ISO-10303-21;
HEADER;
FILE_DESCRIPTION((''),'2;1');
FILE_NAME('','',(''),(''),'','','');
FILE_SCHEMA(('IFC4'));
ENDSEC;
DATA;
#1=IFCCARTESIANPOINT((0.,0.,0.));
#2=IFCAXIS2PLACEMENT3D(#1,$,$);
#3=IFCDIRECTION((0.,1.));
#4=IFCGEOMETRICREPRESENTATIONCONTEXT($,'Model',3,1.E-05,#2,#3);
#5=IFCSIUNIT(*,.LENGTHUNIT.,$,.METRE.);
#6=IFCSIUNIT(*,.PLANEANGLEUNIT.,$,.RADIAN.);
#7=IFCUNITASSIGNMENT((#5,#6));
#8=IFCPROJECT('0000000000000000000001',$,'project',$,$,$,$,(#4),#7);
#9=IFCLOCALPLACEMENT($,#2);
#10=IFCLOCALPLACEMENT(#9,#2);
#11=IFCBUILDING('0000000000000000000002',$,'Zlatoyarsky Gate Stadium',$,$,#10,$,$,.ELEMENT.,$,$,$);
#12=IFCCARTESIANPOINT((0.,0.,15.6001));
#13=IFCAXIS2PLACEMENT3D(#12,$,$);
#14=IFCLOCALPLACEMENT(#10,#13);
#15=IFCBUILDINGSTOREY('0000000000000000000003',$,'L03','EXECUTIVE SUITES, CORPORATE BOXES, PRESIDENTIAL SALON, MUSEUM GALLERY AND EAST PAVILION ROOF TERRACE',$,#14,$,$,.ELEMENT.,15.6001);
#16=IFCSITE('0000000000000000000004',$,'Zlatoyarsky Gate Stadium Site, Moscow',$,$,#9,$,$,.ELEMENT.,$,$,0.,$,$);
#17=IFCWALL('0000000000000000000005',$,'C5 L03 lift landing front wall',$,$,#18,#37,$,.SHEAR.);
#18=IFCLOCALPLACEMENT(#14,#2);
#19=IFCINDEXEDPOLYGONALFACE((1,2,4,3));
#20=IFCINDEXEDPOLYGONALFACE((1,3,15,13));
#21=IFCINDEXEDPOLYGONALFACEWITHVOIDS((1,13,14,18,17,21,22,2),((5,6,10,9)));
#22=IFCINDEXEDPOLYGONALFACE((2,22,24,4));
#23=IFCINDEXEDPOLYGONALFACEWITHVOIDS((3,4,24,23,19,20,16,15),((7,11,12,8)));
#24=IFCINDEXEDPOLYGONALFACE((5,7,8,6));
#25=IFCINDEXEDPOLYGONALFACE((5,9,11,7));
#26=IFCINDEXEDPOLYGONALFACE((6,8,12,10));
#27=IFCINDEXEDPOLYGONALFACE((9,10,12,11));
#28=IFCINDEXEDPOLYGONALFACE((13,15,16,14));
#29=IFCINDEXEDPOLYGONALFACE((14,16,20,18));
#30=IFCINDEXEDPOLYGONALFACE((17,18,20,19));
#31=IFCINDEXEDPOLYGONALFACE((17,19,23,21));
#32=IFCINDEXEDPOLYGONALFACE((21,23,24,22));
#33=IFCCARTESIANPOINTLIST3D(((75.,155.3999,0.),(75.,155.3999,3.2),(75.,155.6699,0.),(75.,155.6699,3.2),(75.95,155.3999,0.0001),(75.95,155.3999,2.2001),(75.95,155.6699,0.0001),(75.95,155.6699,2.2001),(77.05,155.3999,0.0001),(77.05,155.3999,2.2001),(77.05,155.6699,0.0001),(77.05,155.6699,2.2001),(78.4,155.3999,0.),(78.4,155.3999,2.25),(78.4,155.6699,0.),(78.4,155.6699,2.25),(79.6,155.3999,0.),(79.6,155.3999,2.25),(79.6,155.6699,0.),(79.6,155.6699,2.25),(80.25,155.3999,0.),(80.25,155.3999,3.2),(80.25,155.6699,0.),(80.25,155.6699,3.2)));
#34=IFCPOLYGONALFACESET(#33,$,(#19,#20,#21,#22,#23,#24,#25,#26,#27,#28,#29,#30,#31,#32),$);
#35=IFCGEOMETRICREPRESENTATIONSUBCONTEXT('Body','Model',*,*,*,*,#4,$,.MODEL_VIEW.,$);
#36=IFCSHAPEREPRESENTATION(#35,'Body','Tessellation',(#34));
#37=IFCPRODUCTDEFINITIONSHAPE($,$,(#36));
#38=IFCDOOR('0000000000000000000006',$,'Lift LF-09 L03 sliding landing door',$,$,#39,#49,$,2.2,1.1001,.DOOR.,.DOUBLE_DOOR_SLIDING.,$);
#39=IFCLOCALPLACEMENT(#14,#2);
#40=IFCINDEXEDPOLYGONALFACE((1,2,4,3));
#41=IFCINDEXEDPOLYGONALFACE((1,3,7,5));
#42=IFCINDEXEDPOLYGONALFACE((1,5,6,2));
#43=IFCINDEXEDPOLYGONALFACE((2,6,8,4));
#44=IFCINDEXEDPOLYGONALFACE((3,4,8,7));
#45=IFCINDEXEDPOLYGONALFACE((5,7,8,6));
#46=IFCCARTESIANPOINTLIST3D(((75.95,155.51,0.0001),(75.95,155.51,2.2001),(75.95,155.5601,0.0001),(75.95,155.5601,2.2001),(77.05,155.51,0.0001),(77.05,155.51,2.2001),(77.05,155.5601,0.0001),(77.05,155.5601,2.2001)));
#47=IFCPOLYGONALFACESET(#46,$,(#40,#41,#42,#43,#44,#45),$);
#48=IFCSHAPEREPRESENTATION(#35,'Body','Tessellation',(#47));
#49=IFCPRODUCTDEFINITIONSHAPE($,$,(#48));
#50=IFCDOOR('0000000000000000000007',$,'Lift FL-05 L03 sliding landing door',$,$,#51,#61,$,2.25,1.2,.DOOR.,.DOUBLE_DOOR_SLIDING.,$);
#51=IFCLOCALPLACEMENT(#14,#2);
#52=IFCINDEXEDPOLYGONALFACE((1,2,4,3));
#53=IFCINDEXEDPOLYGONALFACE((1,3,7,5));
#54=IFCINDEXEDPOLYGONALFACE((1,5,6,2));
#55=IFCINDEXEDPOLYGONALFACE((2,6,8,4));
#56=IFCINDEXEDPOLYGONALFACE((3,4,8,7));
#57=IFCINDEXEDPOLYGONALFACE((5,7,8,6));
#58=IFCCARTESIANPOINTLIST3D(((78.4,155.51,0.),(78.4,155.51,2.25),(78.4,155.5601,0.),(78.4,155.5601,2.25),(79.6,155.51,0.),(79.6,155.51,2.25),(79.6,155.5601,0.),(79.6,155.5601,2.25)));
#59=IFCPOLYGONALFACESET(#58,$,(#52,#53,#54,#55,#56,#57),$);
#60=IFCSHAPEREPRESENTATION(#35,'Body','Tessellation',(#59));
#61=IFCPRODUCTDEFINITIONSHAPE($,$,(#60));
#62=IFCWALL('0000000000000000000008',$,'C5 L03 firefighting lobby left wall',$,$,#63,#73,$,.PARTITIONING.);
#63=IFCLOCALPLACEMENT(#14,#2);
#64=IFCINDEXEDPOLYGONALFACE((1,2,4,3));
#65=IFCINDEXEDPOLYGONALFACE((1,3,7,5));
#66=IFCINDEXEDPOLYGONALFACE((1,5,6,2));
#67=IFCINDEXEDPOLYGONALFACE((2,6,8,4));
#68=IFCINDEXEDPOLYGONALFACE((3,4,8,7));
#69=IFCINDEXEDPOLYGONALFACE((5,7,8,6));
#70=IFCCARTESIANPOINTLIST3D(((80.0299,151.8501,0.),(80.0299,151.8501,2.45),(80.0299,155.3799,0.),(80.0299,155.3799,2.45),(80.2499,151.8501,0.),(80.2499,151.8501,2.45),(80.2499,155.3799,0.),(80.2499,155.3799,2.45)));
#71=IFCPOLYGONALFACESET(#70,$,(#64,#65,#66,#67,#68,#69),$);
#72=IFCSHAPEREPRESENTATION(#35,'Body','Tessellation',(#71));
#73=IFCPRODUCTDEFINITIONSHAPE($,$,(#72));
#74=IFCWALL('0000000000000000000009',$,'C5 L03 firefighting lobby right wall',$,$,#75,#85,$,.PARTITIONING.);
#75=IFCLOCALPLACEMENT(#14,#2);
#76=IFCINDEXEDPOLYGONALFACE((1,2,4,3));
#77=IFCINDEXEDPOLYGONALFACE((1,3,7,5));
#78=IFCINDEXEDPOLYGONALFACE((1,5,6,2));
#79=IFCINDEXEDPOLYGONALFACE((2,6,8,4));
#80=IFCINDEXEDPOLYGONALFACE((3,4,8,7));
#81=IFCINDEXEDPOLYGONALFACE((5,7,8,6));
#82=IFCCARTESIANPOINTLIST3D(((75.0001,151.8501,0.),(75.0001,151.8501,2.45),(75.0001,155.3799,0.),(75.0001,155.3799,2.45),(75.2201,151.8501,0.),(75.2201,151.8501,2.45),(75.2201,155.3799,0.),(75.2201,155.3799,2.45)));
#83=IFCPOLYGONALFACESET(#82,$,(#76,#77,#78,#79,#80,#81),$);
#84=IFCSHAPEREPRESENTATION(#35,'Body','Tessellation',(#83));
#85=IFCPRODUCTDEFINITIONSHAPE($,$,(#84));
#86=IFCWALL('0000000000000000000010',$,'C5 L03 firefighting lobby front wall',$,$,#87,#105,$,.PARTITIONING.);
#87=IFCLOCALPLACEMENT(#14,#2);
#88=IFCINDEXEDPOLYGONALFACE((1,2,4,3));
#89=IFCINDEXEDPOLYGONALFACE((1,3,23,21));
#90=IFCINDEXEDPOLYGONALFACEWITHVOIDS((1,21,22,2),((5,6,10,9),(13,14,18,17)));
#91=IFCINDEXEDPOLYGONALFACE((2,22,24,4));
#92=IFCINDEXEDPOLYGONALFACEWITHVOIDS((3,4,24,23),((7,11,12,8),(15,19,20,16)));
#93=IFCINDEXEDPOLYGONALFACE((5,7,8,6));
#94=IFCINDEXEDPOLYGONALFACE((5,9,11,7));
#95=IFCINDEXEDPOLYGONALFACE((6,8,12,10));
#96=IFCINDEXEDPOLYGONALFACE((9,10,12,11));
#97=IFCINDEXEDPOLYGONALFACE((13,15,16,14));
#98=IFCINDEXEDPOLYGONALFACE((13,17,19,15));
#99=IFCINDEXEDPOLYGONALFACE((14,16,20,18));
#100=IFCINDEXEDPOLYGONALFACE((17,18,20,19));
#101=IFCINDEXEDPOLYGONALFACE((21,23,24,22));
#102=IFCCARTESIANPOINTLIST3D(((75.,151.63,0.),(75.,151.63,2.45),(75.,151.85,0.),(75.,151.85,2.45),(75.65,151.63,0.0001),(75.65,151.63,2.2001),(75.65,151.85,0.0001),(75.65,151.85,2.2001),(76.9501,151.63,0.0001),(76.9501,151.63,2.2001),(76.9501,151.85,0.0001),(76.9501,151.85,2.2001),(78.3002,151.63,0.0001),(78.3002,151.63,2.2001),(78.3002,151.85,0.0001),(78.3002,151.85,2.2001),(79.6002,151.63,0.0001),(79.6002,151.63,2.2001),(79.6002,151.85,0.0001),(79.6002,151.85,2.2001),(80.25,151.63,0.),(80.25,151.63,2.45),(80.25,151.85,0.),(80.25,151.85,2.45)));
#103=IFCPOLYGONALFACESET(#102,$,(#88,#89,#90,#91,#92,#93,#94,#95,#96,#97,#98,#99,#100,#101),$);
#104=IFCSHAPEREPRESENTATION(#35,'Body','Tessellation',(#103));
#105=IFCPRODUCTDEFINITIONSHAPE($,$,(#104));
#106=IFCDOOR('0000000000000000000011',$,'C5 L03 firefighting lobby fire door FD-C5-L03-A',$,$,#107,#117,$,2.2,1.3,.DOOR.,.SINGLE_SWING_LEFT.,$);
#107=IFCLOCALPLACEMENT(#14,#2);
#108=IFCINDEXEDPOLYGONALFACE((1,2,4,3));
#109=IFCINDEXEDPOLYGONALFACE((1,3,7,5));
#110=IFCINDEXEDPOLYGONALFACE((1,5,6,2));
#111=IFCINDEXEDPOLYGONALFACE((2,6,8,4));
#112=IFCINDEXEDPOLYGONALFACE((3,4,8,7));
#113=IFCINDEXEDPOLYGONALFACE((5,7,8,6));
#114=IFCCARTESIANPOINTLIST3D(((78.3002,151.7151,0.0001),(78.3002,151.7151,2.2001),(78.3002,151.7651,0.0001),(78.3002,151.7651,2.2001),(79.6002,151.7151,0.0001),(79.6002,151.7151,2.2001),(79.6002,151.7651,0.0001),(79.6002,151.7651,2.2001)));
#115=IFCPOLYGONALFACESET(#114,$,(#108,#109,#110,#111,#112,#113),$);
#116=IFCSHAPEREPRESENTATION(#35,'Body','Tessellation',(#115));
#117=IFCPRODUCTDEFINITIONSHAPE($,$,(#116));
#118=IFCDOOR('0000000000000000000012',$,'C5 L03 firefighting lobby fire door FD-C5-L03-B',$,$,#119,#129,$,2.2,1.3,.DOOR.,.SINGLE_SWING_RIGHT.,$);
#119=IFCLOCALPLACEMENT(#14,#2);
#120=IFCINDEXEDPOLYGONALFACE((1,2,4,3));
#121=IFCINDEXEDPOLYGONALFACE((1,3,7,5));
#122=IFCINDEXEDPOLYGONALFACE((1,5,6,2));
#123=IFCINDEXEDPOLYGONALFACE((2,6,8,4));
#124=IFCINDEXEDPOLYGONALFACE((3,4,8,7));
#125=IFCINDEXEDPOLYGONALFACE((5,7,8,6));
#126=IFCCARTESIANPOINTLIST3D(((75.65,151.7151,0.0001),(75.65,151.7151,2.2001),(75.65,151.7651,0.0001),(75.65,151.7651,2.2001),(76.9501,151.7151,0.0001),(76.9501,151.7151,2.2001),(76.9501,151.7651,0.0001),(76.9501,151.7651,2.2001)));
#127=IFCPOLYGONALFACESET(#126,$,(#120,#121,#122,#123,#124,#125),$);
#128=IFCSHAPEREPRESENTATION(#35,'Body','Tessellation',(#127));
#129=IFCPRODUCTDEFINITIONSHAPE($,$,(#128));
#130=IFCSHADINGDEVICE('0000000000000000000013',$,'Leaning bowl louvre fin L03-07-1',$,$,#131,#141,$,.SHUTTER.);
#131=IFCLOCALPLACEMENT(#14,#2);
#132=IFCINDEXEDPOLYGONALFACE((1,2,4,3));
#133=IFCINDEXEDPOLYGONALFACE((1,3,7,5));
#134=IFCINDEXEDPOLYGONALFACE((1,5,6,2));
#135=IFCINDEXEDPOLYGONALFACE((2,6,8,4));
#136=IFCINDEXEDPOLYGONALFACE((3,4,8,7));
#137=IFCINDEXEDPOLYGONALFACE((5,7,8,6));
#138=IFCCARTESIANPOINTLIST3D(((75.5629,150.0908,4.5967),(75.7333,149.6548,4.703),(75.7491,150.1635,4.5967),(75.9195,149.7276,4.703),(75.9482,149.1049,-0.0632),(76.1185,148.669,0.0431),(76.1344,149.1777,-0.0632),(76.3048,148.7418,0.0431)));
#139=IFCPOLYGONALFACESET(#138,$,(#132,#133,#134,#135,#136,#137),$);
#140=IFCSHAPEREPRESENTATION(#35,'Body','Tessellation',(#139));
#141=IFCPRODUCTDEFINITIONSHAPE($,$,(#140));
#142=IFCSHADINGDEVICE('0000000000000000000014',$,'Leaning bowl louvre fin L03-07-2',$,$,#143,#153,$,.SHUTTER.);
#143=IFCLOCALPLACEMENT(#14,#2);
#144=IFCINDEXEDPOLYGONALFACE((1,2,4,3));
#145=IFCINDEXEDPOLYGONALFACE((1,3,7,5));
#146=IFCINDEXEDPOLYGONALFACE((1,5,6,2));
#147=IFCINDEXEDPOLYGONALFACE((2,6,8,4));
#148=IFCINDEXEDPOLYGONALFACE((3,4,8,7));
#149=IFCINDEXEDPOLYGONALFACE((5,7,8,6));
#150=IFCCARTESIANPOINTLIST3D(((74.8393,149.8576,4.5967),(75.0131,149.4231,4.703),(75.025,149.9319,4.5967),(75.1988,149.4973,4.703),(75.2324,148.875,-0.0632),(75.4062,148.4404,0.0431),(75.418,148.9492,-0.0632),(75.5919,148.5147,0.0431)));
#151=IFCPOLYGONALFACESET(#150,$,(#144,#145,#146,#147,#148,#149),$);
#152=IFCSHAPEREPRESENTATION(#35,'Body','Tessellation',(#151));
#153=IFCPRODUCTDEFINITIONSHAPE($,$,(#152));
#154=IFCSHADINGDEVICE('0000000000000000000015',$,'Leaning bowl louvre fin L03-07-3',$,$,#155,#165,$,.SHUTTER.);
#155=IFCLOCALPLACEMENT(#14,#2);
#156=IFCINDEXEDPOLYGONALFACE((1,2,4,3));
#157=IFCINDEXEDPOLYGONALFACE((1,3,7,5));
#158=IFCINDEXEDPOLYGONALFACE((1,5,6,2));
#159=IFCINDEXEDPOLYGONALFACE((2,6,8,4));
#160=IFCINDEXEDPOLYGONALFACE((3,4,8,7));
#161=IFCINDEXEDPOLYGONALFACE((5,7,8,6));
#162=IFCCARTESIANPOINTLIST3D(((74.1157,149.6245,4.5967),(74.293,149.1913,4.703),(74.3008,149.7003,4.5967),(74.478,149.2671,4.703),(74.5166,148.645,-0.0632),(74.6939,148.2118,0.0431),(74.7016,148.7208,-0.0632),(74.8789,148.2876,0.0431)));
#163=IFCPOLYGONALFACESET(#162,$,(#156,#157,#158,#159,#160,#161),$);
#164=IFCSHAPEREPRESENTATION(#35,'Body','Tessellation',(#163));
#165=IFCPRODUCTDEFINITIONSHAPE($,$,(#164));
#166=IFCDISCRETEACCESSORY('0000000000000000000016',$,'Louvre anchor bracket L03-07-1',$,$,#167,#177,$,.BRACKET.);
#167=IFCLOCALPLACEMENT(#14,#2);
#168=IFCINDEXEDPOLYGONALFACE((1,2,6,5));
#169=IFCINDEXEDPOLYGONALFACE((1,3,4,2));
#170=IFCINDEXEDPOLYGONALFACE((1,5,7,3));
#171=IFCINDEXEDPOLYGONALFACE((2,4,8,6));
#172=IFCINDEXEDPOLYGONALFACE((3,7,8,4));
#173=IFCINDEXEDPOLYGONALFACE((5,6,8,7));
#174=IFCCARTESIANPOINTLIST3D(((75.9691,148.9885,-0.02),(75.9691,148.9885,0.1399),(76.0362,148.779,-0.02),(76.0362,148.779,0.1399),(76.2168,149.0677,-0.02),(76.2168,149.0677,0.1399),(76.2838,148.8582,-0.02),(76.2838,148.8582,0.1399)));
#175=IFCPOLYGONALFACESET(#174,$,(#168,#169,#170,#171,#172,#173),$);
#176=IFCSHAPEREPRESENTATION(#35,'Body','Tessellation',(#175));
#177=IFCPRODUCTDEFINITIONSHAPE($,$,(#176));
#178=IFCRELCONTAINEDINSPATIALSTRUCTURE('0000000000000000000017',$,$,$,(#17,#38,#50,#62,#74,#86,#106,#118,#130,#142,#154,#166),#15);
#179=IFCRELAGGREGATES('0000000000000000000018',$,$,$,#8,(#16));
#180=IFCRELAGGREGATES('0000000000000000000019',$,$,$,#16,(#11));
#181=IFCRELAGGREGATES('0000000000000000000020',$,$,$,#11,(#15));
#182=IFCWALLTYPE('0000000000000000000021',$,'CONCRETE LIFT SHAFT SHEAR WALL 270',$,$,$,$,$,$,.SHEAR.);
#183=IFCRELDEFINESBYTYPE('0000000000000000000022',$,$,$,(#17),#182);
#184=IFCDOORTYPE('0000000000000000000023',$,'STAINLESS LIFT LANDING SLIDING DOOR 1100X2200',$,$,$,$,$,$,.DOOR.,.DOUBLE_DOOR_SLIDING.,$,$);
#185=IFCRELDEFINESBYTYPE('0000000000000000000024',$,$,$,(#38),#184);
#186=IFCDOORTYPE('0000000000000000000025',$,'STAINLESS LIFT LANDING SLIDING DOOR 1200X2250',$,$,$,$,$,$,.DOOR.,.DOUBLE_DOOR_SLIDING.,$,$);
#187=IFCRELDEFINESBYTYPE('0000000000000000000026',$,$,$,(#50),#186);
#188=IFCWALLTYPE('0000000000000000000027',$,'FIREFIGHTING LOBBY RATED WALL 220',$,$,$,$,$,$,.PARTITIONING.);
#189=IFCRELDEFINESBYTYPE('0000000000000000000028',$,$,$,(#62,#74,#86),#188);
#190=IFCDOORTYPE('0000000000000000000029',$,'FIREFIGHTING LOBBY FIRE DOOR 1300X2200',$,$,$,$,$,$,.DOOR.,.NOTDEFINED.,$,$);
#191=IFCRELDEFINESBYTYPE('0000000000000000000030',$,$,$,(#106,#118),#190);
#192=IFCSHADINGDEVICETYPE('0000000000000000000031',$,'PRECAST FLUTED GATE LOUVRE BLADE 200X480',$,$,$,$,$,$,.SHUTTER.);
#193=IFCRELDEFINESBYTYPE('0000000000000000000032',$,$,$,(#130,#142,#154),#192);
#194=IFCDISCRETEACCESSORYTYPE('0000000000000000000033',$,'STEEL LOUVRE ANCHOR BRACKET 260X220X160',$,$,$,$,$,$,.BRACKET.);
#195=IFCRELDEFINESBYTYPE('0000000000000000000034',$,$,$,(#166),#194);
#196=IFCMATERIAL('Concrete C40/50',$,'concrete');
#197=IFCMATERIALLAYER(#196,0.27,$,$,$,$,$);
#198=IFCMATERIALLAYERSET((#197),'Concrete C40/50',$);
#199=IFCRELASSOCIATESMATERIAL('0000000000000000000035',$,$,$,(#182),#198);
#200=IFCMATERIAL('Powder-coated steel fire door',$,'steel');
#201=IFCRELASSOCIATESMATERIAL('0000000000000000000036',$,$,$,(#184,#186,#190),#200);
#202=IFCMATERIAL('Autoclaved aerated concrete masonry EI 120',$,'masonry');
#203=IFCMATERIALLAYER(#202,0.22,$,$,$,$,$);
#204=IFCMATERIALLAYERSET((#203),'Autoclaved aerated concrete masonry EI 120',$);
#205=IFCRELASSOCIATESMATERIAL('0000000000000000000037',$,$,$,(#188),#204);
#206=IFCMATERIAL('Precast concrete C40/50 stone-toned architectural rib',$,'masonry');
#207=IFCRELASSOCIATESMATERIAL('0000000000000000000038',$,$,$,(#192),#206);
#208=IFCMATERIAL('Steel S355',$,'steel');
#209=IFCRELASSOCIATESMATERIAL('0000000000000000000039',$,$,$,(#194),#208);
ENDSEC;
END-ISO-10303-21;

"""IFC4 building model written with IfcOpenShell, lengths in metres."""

from ifc_helpers import new_model, si_unit, direction, frame, frame_2d, origin, origin_2d, place, context, subcontext, project, spatial, rectangle, extrude, material, layer, layer_set, material_profile, profile_set, type_object, element, fill, save


model = new_model("IFC4")

# Units and contexts
model_context = context("Model", 3, precision=1e-05, world=origin(), true_north=direction((0.0, 1.0)))
body_context = subcontext(model_context, "Body", "Model", "MODEL_VIEW")
ifc_project = project(units=[si_unit("LENGTHUNIT", "METRE"), si_unit("PLANEANGLEUNIT", "RADIAN")], contexts=[model_context])

# Site, building, storey
site_placement = place(None, origin())
site = spatial("IfcSite", under=ifc_project, at=site_placement, Name="Zlatoyarsky Gate Stadium Site, Moscow", CompositionType="ELEMENT", RefElevation=0.0)
building_placement = place(site_placement, origin())
building = spatial("IfcBuilding", under=site, at=building_placement, Name="Zlatoyarsky Gate Stadium", CompositionType="ELEMENT")
storey_placement = place(building_placement, frame((0.0, 0.0, 15.6001)))
storey = spatial("IfcBuildingStorey", under=building, at=storey_placement, Name="L03", Description="EXECUTIVE SUITES, CORPORATE BOXES, PRESIDENTIAL SALON, MUSEUM GALLERY AND EAST PAVILION ROOF TERRACE", CompositionType="ELEMENT", Elevation=15.6001)

# Wall, openings, doors
ifc_material_1 = material(Name="Concrete C40/50", Category="concrete")
ifc_layer_1 = layer(ifc_material_1, 0.27)
ifc_layer_set_1 = layer_set([ifc_layer_1], Name="Concrete C40/50")
wall_type_1 = type_object("IfcWallType", Name="CONCRETE LIFT SHAFT SHEAR WALL 270", PredefinedType="SHEAR", material=ifc_layer_set_1)
wall_1_placement = place(storey_placement, frame((80.25, 155.5349, 0.0), z_axis=(0.0, 0.0, 1.0), x_axis=(-1.0, 0.0, 0.0)))
wall_1 = element("IfcWall", 1, at=wall_1_placement, inside=storey, type_object=wall_type_1, Name="C5 L03 lift landing front wall", PredefinedType="SHEAR", context=body_context, shape_type="SweptSolid", body=[
    extrude(rectangle(XDim=5.25, YDim=0.27, at=frame_2d((2.625, 0.0))), origin(), (0.0, 0.0, 1.0), 3.2),
])
opening_1_placement = place(wall_1_placement, frame((0.6499, 0.0, 0.0)))
opening_1 = element("IfcOpeningElement", 2, at=opening_1_placement, cuts=wall_1, PredefinedType="OPENING", context=body_context, shape_type="SweptSolid", body=[
    extrude(rectangle(XDim=1.2, YDim=2.25, at=frame_2d((0.6001, 1.125))), frame((0.0, 0.145, 0.0), z_axis=(0.0, -1.0, 0.0), x_axis=(1.0, 0.0, 0.0)), (0.0, 0.0, 1.0), 0.29),
])
opening_2_placement = place(wall_1_placement, frame((3.2, 0.0, 0.0)))
opening_2 = element("IfcOpeningElement", 3, at=opening_2_placement, cuts=wall_1, PredefinedType="OPENING", context=body_context, shape_type="SweptSolid", body=[
    extrude(rectangle(XDim=1.1001, YDim=2.2, at=frame_2d((0.55, 1.1001))), frame((0.0, 0.145, 0.0), z_axis=(0.0, -1.0, 0.0), x_axis=(1.0, 0.0, 0.0)), (0.0, 0.0, 1.0), 0.29),
])
ifc_material_2 = material(Name="Powder-coated steel fire door", Category="steel")
door_type_1 = type_object("IfcDoorType", Name="STAINLESS LIFT LANDING SLIDING DOOR 1100X2200", OperationType="DOUBLE_DOOR_SLIDING", PredefinedType="DOOR", material=ifc_material_2)
door_1_placement = place(opening_2_placement, origin())
door_1 = element("IfcDoor", 4, at=door_1_placement, inside=storey, type_object=door_type_1, Name="Lift LF-09 L03 sliding landing door", OperationType="DOUBLE_DOOR_SLIDING", OverallHeight=2.2, OverallWidth=1.1001, PredefinedType="DOOR", context=body_context, shape_type="SweptSolid", body=[
    extrude(rectangle(XDim=1.1001, YDim=2.2, at=frame_2d((0.55, 1.1001))), frame((0.0, 0.0249, 0.0), z_axis=(0.0, -1.0, 0.0), x_axis=(1.0, 0.0, 0.0)), (0.0, 0.0, 1.0), 0.05),
])
fill(opening_2, door_1)
door_type_2 = type_object("IfcDoorType", Name="STAINLESS LIFT LANDING SLIDING DOOR 1200X2250", OperationType="DOUBLE_DOOR_SLIDING", PredefinedType="DOOR", material=ifc_material_2)
door_2_placement = place(opening_1_placement, origin())
door_2 = element("IfcDoor", 5, at=door_2_placement, inside=storey, type_object=door_type_2, Name="Lift FL-05 L03 sliding landing door", OperationType="DOUBLE_DOOR_SLIDING", OverallHeight=2.25, OverallWidth=1.2, PredefinedType="DOOR", context=body_context, shape_type="SweptSolid", body=[
    extrude(rectangle(XDim=1.2, YDim=2.25, at=frame_2d((0.6001, 1.125))), frame((0.0, 0.0249, 0.0), z_axis=(0.0, -1.0, 0.0), x_axis=(1.0, 0.0, 0.0)), (0.0, 0.0, 1.0), 0.05),
])
fill(opening_1, door_2)

# Walls
ifc_material_3 = material(Name="Autoclaved aerated concrete masonry EI 120", Category="masonry")
ifc_layer_2 = layer(ifc_material_3, 0.22)
ifc_layer_set_2 = layer_set([ifc_layer_2], Name="Autoclaved aerated concrete masonry EI 120")
wall_type_2 = type_object("IfcWallType", Name="FIREFIGHTING LOBBY RATED WALL 220", PredefinedType="PARTITIONING", material=ifc_layer_set_2)
for number, where, z_axis, x_axis, name in (
    (6, (80.1399, 155.3799, 0.0), (0.0, 0.0, 1.0), (0.0, -1.0, 0.0), "C5 L03 firefighting lobby left wall"),
    (7, (75.1101, 155.3799, 0.0), (0.0, 0.0, 1.0), (0.0, -1.0, 0.0), "C5 L03 firefighting lobby right wall"),
):
    element("IfcWall", number, at=place(storey_placement, frame(where, z_axis=z_axis, x_axis=x_axis)), inside=storey, type_object=wall_type_2, Name=name, PredefinedType="PARTITIONING", context=body_context, shape_type="SweptSolid", body=[
        extrude(rectangle(XDim=3.5298, YDim=0.22, at=frame_2d((1.7649, 0.0))), origin(), (0.0, 0.0, 1.0), 2.45),
    ])

# Wall, openings, doors
wall_2_placement = place(storey_placement, frame((80.25, 151.74, 0.0), z_axis=(0.0, 0.0, 1.0), x_axis=(-1.0, 0.0, 0.0)))
wall_2 = element("IfcWall", 8, at=wall_2_placement, inside=storey, type_object=wall_type_2, Name="C5 L03 firefighting lobby front wall", PredefinedType="PARTITIONING", context=body_context, shape_type="SweptSolid", body=[
    extrude(rectangle(XDim=5.25, YDim=0.22, at=frame_2d((2.625, 0.0))), origin(), (0.0, 0.0, 1.0), 2.45),
])
opening_3_placement = place(wall_2_placement, frame((0.6499, 0.0, 0.0)))
opening_3 = element("IfcOpeningElement", 9, at=opening_3_placement, cuts=wall_2, PredefinedType="OPENING", context=body_context, shape_type="SweptSolid", body=[
    extrude(rectangle(XDim=1.3, YDim=2.2, at=frame_2d((0.6499, 1.1001))), frame((0.0, 0.1199, 0.0), z_axis=(0.0, -1.0, 0.0), x_axis=(1.0, 0.0, 0.0)), (0.0, 0.0, 1.0), 0.24),
])
opening_4_placement = place(wall_2_placement, frame((3.3, 0.0, 0.0)))
opening_4 = element("IfcOpeningElement", 10, at=opening_4_placement, cuts=wall_2, PredefinedType="OPENING", context=body_context, shape_type="SweptSolid", body=[
    extrude(rectangle(XDim=1.3, YDim=2.2, at=frame_2d((0.6499, 1.1001))), frame((0.0, 0.1199, 0.0), z_axis=(0.0, -1.0, 0.0), x_axis=(1.0, 0.0, 0.0)), (0.0, 0.0, 1.0), 0.24),
])
door_type_3 = type_object("IfcDoorType", Name="FIREFIGHTING LOBBY FIRE DOOR 1300X2200", OperationType="NOTDEFINED", PredefinedType="DOOR", material=ifc_material_2)
door_3_placement = place(opening_3_placement, origin())
door_3 = element("IfcDoor", 11, at=door_3_placement, inside=storey, type_object=door_type_3, Name="C5 L03 firefighting lobby fire door FD-C5-L03-A", OperationType="SINGLE_SWING_LEFT", OverallHeight=2.2, OverallWidth=1.3, PredefinedType="DOOR", context=body_context, shape_type="SweptSolid", body=[
    extrude(rectangle(XDim=1.3, YDim=2.2, at=frame_2d((0.6499, 1.1001))), frame((0.0, 0.0249, 0.0), z_axis=(0.0, -1.0, 0.0), x_axis=(1.0, 0.0, 0.0)), (0.0, 0.0, 1.0), 0.05),
])
fill(opening_3, door_3)
door_4_placement = place(opening_4_placement, origin())
door_4 = element("IfcDoor", 12, at=door_4_placement, inside=storey, type_object=door_type_3, Name="C5 L03 firefighting lobby fire door FD-C5-L03-B", OperationType="SINGLE_SWING_RIGHT", OverallHeight=2.2, OverallWidth=1.3, PredefinedType="DOOR", context=body_context, shape_type="SweptSolid", body=[
    extrude(rectangle(XDim=1.3, YDim=2.2, at=frame_2d((0.6499, 1.1001))), frame((0.0, 0.0249, 0.0), z_axis=(0.0, -1.0, 0.0), x_axis=(1.0, 0.0, 0.0)), (0.0, 0.0, 1.0), 0.05),
])
fill(opening_4, door_4)

# Shading devices
ifc_material_4 = material(Name="Precast concrete C40/50 stone-toned architectural rib", Category="masonry")
ifc_material_profile_1 = material_profile(ifc_material_4, rectangle(XDim=0.2, YDim=0.48, at=origin_2d()), Name="RIB 200X480")
ifc_profile_set_1 = profile_set([ifc_material_profile_1], Name="Precast concrete C40/50 stone-toned architectural rib")
shading_device_type = type_object("IfcShadingDeviceType", Name="PRECAST FLUTED GATE LOUVRE BLADE 200X480", PredefinedType="SHUTTER", material=ifc_profile_set_1)
for number, where, z_axis, x_axis, name in (
    (13, (76.1265, 148.9233, -0.01), (-0.080621, 0.206303, 0.975161), (-0.931406, -0.363982, 0.0), "Leaning bowl louvre fin L03-07-1"),
    (14, (75.4121, 148.6948, -0.01), (-0.082256, 0.205639, 0.975165), (-0.928477, -0.371391, 0.0), "Leaning bowl louvre fin L03-07-2"),
    (15, (74.6978, 148.4663, -0.01), (-0.083891, 0.204975, 0.975165), (-0.925488, -0.378777, 0.0), "Leaning bowl louvre fin L03-07-3"),
):
    element("IfcShadingDevice", number, at=place(storey_placement, frame(where, z_axis=z_axis, x_axis=x_axis)), inside=storey, type_object=shading_device_type, Name=name, PredefinedType="SHUTTER", context=body_context, shape_type="SweptSolid", body=[
        extrude(rectangle(XDim=0.2, YDim=0.48, at=origin_2d()), origin(), (0.0, 0.0, 1.0), 4.7786),
    ])

# Discrete accessory
ifc_material_5 = material(Name="Steel S355", Category="steel")
discrete_accessory_type = type_object("IfcDiscreteAccessoryType", Name="STEEL LOUVRE ANCHOR BRACKET 260X220X160", PredefinedType="BRACKET", material=ifc_material_5)
for number, where, z_axis, x_axis, name in (
    (16, (76.1265, 148.9233, -0.02), (0.0, 0.0, 1.0), (-0.952451, -0.304691, 0.0), "Louvre anchor bracket L03-07-1"),
):
    element("IfcDiscreteAccessory", number, at=place(storey_placement, frame(where, z_axis=z_axis, x_axis=x_axis)), inside=storey, type_object=discrete_accessory_type, Name=name, PredefinedType="BRACKET", context=body_context, shape_type="SweptSolid", body=[
        extrude(rectangle(XDim=0.26, YDim=0.22, at=origin_2d()), origin(), (0.0, 0.0, 1.0), 0.1599),
    ])

save(model, "model.ifc")
